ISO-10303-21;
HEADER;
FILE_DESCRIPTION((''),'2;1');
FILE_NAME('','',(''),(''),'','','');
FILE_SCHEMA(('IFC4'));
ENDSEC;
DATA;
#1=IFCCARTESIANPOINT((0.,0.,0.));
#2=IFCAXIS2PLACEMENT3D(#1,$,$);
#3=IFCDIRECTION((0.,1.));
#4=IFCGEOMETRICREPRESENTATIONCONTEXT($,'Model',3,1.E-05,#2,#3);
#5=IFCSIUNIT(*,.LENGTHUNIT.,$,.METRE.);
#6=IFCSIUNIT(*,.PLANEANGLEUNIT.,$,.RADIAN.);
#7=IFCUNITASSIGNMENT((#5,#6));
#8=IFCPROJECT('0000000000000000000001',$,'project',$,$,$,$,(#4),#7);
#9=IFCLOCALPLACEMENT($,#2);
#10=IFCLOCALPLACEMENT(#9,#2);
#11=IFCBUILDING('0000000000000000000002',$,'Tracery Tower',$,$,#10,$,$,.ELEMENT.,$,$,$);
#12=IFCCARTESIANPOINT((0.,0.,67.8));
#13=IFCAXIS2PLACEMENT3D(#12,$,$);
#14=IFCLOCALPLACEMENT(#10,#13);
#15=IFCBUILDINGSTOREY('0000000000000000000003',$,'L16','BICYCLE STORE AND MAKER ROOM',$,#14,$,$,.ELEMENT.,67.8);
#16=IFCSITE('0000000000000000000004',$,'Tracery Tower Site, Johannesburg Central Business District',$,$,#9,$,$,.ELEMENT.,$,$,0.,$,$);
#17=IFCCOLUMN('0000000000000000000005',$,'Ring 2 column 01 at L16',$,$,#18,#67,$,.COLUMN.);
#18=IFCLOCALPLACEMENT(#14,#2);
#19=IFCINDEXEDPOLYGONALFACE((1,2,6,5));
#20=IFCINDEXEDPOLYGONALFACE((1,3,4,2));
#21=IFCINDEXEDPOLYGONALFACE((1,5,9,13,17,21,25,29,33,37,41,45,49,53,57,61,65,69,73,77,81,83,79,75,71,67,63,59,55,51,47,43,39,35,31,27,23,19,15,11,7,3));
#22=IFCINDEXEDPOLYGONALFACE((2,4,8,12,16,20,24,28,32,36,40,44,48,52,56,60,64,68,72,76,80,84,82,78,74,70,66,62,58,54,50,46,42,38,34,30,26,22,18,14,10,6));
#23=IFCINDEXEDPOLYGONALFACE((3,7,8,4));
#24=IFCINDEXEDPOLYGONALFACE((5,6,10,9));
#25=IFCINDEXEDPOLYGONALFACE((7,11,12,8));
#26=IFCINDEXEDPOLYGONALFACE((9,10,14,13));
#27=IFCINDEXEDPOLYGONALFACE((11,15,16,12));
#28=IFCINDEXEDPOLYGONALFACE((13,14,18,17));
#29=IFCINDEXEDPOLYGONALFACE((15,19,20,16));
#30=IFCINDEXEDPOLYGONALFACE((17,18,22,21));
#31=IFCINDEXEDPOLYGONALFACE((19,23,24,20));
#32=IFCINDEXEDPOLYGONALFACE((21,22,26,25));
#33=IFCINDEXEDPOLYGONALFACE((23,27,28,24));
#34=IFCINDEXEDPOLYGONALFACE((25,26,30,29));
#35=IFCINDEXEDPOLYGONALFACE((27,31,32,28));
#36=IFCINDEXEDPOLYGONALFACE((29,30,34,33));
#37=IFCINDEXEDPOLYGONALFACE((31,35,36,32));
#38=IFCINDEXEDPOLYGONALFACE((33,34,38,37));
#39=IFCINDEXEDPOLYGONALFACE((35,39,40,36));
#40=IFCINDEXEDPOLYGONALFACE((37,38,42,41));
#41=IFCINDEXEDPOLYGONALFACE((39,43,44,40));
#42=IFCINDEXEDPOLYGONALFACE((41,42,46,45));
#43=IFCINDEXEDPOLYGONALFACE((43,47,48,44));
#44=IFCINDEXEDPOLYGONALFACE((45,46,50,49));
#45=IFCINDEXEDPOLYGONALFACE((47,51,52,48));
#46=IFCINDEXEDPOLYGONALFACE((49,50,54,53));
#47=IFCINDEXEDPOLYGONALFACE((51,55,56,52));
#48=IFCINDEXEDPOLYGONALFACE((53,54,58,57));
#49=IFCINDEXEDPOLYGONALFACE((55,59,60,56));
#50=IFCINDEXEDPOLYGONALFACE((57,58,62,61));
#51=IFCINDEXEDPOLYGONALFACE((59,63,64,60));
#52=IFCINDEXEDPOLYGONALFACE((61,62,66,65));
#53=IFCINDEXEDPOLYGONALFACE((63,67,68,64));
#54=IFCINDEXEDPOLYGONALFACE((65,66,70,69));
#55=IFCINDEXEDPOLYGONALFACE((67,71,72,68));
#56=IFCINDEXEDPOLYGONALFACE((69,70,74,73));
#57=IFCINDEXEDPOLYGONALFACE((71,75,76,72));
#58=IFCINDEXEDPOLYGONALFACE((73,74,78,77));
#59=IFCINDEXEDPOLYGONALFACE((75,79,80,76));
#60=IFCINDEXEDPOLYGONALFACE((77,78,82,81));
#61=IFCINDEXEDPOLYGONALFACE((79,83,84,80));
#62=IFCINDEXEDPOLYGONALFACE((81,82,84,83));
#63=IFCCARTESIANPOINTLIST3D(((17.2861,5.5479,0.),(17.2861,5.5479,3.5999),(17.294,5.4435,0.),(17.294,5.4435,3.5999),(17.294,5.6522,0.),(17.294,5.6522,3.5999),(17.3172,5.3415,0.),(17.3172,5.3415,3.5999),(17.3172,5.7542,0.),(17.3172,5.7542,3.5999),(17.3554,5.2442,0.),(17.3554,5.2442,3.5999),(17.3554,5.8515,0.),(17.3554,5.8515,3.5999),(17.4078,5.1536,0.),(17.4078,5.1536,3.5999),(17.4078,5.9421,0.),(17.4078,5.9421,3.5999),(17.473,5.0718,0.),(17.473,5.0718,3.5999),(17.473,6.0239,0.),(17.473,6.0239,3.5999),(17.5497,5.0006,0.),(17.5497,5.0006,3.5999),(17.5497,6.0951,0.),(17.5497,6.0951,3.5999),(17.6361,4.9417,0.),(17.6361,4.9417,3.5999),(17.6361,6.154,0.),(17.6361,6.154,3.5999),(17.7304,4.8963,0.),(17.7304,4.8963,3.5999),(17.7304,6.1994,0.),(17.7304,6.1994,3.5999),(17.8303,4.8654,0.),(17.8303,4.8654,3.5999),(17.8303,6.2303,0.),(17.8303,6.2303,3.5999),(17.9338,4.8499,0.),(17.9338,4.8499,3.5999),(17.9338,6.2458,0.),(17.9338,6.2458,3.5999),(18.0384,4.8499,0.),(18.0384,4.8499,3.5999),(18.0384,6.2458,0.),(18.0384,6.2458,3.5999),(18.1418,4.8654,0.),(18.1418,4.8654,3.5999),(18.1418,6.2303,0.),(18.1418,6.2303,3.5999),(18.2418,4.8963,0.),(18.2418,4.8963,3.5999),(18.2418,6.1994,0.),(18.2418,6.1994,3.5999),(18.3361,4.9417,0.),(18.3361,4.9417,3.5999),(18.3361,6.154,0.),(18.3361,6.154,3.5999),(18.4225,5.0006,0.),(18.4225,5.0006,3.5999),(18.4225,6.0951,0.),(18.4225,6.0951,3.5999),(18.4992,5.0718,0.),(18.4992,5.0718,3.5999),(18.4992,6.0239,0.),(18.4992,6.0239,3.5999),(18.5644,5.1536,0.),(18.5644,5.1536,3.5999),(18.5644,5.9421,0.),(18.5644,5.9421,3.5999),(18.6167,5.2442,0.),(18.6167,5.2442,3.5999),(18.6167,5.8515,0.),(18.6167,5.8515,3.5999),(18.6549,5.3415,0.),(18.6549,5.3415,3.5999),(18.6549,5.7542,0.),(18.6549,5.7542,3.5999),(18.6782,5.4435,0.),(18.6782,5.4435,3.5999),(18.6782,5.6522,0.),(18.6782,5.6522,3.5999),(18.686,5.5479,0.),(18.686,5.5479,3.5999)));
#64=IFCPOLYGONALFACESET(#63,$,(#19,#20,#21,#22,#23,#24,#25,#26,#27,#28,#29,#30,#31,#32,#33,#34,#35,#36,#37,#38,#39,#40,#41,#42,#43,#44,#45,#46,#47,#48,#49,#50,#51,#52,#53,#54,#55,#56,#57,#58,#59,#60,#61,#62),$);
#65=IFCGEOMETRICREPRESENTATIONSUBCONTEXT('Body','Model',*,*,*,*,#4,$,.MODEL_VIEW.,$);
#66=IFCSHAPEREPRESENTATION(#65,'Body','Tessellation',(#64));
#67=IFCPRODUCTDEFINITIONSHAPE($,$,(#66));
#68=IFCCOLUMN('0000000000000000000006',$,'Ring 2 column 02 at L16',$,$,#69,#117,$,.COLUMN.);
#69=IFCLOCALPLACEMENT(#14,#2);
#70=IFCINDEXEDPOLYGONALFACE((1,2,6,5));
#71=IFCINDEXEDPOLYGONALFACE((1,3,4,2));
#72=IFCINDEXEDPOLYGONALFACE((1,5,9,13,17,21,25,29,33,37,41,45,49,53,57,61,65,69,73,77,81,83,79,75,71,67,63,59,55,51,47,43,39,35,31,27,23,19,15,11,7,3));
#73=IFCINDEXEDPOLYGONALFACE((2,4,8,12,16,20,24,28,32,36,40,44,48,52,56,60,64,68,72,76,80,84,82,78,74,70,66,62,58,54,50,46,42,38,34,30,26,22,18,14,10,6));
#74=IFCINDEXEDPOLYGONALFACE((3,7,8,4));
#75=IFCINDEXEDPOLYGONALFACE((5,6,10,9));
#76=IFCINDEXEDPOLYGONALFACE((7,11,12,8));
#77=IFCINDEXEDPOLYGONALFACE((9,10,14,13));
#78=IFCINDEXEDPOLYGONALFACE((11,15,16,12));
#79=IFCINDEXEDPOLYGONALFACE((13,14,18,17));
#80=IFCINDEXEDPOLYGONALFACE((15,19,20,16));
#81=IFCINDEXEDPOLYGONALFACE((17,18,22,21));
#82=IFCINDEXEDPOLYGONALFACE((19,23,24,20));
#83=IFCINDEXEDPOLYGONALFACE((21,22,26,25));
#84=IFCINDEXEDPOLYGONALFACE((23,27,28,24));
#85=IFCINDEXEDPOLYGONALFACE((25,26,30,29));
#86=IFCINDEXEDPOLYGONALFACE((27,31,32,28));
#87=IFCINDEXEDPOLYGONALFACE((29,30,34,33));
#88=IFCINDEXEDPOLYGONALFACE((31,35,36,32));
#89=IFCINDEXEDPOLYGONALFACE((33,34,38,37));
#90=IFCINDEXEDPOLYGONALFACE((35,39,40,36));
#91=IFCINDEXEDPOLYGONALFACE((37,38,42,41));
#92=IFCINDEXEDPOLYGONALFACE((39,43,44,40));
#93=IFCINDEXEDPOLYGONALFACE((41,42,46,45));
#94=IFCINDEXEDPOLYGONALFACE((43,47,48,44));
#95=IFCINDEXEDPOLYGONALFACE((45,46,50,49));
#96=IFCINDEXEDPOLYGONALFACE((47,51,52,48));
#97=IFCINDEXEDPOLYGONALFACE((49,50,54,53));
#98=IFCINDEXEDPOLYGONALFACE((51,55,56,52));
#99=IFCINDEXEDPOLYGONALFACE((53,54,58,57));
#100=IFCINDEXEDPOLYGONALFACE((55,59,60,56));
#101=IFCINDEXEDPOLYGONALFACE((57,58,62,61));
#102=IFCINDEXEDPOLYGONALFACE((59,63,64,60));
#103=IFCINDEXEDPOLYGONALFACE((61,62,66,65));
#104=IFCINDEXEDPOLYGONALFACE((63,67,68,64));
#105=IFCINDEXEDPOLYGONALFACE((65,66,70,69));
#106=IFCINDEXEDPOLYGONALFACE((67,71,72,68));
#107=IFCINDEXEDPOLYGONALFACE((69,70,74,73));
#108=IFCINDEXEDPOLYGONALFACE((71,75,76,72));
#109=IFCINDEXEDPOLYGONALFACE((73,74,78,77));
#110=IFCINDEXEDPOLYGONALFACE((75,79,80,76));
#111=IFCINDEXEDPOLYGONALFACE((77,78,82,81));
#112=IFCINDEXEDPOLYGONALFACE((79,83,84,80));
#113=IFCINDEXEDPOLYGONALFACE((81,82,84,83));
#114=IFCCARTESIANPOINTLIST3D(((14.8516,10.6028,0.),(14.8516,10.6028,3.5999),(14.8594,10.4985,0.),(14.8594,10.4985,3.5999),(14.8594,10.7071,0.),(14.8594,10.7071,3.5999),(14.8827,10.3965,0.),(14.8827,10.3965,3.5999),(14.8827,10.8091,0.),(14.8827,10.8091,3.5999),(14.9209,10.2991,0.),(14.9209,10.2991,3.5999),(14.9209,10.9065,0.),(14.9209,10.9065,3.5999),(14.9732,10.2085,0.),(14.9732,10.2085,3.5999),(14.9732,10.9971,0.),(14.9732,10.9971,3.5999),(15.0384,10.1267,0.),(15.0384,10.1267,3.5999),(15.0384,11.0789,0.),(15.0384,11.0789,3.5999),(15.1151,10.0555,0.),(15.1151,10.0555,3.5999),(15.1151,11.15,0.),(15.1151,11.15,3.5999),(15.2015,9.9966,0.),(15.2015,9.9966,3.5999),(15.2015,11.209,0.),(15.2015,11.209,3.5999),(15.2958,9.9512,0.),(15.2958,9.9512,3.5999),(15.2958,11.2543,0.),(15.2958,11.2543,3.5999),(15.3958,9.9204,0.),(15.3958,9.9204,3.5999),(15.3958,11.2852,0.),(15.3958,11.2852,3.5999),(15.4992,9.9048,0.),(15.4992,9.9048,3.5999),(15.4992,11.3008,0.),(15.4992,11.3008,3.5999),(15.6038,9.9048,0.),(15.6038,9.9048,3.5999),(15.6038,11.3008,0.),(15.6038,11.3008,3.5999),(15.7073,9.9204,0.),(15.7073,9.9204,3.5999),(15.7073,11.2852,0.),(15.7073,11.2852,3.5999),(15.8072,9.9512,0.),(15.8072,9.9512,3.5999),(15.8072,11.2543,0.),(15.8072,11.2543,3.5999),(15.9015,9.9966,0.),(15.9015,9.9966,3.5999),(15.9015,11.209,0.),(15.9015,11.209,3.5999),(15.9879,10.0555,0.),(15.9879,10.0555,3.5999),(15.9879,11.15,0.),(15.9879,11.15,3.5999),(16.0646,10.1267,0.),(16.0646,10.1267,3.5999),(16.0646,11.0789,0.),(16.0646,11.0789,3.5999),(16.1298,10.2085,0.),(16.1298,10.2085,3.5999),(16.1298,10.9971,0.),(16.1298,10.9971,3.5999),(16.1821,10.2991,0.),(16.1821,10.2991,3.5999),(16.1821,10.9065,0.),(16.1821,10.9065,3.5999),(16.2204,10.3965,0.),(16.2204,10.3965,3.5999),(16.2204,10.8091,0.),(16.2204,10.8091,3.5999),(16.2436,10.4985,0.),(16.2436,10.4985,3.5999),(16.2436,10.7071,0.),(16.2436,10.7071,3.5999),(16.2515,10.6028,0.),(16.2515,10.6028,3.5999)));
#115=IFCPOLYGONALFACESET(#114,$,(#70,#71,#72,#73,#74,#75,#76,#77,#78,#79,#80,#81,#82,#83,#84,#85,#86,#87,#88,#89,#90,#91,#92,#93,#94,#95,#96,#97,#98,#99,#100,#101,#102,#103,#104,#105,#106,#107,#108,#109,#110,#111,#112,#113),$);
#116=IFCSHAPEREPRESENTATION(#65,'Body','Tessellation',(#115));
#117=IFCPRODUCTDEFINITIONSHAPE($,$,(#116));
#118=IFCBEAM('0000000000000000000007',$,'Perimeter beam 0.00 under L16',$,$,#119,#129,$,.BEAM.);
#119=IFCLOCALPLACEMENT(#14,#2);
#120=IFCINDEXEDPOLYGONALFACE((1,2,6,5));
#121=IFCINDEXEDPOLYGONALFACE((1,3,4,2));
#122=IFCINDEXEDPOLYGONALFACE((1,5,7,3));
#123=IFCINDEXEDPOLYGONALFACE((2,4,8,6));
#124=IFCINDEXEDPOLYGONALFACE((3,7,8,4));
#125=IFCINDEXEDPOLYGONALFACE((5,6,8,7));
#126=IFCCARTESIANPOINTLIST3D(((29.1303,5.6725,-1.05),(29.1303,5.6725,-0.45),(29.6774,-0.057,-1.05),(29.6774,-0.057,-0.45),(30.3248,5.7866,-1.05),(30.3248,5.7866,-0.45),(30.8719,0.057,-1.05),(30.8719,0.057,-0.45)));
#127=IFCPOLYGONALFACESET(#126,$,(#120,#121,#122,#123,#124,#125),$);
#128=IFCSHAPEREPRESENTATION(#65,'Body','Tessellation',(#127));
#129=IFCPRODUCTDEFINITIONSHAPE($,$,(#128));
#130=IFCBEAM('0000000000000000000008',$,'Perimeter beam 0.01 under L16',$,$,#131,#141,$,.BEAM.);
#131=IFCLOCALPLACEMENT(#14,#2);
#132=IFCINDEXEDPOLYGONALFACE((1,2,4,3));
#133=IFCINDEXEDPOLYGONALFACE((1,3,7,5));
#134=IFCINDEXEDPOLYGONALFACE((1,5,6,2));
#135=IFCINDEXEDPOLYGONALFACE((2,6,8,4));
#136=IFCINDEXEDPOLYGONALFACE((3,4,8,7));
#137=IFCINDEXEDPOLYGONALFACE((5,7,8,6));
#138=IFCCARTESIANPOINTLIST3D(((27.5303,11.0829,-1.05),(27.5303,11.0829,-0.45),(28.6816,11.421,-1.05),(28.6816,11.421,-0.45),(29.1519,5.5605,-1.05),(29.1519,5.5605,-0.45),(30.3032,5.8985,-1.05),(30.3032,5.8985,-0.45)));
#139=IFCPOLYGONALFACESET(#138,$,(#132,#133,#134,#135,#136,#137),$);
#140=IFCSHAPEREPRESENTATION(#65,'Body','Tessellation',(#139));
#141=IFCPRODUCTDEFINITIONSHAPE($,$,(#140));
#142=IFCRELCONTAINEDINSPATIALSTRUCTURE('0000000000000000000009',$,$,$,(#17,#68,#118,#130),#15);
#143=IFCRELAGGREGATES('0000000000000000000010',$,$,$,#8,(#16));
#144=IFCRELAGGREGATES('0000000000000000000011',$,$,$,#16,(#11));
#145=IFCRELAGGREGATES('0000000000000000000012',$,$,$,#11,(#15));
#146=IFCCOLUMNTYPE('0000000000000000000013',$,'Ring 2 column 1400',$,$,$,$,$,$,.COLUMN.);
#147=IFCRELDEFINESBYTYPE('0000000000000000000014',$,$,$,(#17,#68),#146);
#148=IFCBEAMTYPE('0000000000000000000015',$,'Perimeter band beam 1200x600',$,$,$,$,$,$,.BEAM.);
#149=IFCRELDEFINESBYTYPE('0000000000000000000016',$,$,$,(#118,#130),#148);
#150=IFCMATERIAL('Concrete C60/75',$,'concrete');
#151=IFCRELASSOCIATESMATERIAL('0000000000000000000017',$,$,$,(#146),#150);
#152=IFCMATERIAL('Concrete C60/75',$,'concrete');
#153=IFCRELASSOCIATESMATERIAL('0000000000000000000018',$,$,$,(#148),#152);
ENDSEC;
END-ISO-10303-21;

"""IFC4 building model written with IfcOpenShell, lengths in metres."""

from ifc_helpers import new_model, si_unit, direction, frame, origin, origin_2d, place, context, subcontext, project, spatial, rectangle, circle, extrude, material, material_profile, profile_set, type_object, element, save


model = new_model("IFC4")

# Units and contexts
model_context = context("Model", 3, precision=1e-05, world=origin(), true_north=direction((0.0, 1.0)))
body_context = subcontext(model_context, "Body", "Model", "MODEL_VIEW")
ifc_project = project(units=[si_unit("LENGTHUNIT", "METRE"), si_unit("PLANEANGLEUNIT", "RADIAN")], contexts=[model_context])

# Site, building, storey
site_placement = place(None, origin())
site = spatial("IfcSite", under=ifc_project, at=site_placement, Name="Tracery Tower Site, Johannesburg Central Business District", CompositionType="ELEMENT", RefElevation=0.0)
building_placement = place(site_placement, origin())
building = spatial("IfcBuilding", under=site, at=building_placement, Name="Tracery Tower", CompositionType="ELEMENT")
storey_placement = place(building_placement, frame((0.0, 0.0, 67.8)))
storey = spatial("IfcBuildingStorey", under=building, at=storey_placement, Name="L16", Description="BICYCLE STORE AND MAKER ROOM", CompositionType="ELEMENT", Elevation=67.8)

# Columns
ifc_material_1 = material(Name="Concrete C60/75", Category="concrete")
ifc_material_profile_1 = material_profile(ifc_material_1, circle(Radius=0.7, at=origin_2d()), Name="RC D1400")
ifc_profile_set_1 = profile_set([ifc_material_profile_1], Name="Concrete C60/75")
column_type_1 = type_object("IfcColumnType", Name="Ring 2 column 1400", PredefinedType="COLUMN", material=ifc_profile_set_1)
for number, where, z_axis, x_axis, name in (
    (1, (17.9861, 5.5479, 0.0), (0.0, 0.0, 1.0), (1.0, 0.0, 0.0), "Ring 2 column 01 at L16"),
    (2, (15.5515, 10.6028, 0.0), (0.0, 0.0, 1.0), (1.0, 0.0, 0.0), "Ring 2 column 02 at L16"),
):
    element("IfcColumn", number, at=place(storey_placement, frame(where, z_axis=z_axis, x_axis=x_axis)), inside=storey, type_object=column_type_1, Name=name, PredefinedType="COLUMN", context=body_context, shape_type="SweptSolid", body=[
        extrude(circle(Radius=0.7, at=origin_2d()), origin(), (0.0, 0.0, 1.0), 3.5999),
    ])

# Beams
ifc_material_2 = material(Name="Concrete C60/75", Category="concrete")
ifc_material_profile_2 = material_profile(ifc_material_2, rectangle(XDim=1.2, YDim=0.6001, at=origin_2d()), Name="RC 1200x600")
ifc_profile_set_2 = profile_set([ifc_material_profile_2], Name="Concrete C60/75")
beam_type = type_object("IfcBeamType", Name="Perimeter band beam 1200x600", PredefinedType="BEAM", material=ifc_profile_set_2)
for number, where, z_axis, x_axis, name in (
    (3, (30.2747, 0.0, -0.75), (-0.095059, 0.995472, 0.0), (-0.995472, -0.095059, 0.0), "Perimeter beam 0.00 under L16"),
    (4, (29.7275, 5.7295, -0.75), (-0.281739, 0.959491, 0.0), (-0.959491, -0.281739, 0.0), "Perimeter beam 0.01 under L16"),
):
    element("IfcBeam", number, at=place(storey_placement, frame(where, z_axis=z_axis, x_axis=x_axis)), inside=storey, type_object=beam_type, Name=name, PredefinedType="BEAM", context=body_context, shape_type="SweptSolid", body=[
        extrude(rectangle(XDim=1.2, YDim=0.6001, at=origin_2d()), origin(), (0.0, 0.0, 1.0), 5.7556),
    ])

save(model, "model.ifc")
